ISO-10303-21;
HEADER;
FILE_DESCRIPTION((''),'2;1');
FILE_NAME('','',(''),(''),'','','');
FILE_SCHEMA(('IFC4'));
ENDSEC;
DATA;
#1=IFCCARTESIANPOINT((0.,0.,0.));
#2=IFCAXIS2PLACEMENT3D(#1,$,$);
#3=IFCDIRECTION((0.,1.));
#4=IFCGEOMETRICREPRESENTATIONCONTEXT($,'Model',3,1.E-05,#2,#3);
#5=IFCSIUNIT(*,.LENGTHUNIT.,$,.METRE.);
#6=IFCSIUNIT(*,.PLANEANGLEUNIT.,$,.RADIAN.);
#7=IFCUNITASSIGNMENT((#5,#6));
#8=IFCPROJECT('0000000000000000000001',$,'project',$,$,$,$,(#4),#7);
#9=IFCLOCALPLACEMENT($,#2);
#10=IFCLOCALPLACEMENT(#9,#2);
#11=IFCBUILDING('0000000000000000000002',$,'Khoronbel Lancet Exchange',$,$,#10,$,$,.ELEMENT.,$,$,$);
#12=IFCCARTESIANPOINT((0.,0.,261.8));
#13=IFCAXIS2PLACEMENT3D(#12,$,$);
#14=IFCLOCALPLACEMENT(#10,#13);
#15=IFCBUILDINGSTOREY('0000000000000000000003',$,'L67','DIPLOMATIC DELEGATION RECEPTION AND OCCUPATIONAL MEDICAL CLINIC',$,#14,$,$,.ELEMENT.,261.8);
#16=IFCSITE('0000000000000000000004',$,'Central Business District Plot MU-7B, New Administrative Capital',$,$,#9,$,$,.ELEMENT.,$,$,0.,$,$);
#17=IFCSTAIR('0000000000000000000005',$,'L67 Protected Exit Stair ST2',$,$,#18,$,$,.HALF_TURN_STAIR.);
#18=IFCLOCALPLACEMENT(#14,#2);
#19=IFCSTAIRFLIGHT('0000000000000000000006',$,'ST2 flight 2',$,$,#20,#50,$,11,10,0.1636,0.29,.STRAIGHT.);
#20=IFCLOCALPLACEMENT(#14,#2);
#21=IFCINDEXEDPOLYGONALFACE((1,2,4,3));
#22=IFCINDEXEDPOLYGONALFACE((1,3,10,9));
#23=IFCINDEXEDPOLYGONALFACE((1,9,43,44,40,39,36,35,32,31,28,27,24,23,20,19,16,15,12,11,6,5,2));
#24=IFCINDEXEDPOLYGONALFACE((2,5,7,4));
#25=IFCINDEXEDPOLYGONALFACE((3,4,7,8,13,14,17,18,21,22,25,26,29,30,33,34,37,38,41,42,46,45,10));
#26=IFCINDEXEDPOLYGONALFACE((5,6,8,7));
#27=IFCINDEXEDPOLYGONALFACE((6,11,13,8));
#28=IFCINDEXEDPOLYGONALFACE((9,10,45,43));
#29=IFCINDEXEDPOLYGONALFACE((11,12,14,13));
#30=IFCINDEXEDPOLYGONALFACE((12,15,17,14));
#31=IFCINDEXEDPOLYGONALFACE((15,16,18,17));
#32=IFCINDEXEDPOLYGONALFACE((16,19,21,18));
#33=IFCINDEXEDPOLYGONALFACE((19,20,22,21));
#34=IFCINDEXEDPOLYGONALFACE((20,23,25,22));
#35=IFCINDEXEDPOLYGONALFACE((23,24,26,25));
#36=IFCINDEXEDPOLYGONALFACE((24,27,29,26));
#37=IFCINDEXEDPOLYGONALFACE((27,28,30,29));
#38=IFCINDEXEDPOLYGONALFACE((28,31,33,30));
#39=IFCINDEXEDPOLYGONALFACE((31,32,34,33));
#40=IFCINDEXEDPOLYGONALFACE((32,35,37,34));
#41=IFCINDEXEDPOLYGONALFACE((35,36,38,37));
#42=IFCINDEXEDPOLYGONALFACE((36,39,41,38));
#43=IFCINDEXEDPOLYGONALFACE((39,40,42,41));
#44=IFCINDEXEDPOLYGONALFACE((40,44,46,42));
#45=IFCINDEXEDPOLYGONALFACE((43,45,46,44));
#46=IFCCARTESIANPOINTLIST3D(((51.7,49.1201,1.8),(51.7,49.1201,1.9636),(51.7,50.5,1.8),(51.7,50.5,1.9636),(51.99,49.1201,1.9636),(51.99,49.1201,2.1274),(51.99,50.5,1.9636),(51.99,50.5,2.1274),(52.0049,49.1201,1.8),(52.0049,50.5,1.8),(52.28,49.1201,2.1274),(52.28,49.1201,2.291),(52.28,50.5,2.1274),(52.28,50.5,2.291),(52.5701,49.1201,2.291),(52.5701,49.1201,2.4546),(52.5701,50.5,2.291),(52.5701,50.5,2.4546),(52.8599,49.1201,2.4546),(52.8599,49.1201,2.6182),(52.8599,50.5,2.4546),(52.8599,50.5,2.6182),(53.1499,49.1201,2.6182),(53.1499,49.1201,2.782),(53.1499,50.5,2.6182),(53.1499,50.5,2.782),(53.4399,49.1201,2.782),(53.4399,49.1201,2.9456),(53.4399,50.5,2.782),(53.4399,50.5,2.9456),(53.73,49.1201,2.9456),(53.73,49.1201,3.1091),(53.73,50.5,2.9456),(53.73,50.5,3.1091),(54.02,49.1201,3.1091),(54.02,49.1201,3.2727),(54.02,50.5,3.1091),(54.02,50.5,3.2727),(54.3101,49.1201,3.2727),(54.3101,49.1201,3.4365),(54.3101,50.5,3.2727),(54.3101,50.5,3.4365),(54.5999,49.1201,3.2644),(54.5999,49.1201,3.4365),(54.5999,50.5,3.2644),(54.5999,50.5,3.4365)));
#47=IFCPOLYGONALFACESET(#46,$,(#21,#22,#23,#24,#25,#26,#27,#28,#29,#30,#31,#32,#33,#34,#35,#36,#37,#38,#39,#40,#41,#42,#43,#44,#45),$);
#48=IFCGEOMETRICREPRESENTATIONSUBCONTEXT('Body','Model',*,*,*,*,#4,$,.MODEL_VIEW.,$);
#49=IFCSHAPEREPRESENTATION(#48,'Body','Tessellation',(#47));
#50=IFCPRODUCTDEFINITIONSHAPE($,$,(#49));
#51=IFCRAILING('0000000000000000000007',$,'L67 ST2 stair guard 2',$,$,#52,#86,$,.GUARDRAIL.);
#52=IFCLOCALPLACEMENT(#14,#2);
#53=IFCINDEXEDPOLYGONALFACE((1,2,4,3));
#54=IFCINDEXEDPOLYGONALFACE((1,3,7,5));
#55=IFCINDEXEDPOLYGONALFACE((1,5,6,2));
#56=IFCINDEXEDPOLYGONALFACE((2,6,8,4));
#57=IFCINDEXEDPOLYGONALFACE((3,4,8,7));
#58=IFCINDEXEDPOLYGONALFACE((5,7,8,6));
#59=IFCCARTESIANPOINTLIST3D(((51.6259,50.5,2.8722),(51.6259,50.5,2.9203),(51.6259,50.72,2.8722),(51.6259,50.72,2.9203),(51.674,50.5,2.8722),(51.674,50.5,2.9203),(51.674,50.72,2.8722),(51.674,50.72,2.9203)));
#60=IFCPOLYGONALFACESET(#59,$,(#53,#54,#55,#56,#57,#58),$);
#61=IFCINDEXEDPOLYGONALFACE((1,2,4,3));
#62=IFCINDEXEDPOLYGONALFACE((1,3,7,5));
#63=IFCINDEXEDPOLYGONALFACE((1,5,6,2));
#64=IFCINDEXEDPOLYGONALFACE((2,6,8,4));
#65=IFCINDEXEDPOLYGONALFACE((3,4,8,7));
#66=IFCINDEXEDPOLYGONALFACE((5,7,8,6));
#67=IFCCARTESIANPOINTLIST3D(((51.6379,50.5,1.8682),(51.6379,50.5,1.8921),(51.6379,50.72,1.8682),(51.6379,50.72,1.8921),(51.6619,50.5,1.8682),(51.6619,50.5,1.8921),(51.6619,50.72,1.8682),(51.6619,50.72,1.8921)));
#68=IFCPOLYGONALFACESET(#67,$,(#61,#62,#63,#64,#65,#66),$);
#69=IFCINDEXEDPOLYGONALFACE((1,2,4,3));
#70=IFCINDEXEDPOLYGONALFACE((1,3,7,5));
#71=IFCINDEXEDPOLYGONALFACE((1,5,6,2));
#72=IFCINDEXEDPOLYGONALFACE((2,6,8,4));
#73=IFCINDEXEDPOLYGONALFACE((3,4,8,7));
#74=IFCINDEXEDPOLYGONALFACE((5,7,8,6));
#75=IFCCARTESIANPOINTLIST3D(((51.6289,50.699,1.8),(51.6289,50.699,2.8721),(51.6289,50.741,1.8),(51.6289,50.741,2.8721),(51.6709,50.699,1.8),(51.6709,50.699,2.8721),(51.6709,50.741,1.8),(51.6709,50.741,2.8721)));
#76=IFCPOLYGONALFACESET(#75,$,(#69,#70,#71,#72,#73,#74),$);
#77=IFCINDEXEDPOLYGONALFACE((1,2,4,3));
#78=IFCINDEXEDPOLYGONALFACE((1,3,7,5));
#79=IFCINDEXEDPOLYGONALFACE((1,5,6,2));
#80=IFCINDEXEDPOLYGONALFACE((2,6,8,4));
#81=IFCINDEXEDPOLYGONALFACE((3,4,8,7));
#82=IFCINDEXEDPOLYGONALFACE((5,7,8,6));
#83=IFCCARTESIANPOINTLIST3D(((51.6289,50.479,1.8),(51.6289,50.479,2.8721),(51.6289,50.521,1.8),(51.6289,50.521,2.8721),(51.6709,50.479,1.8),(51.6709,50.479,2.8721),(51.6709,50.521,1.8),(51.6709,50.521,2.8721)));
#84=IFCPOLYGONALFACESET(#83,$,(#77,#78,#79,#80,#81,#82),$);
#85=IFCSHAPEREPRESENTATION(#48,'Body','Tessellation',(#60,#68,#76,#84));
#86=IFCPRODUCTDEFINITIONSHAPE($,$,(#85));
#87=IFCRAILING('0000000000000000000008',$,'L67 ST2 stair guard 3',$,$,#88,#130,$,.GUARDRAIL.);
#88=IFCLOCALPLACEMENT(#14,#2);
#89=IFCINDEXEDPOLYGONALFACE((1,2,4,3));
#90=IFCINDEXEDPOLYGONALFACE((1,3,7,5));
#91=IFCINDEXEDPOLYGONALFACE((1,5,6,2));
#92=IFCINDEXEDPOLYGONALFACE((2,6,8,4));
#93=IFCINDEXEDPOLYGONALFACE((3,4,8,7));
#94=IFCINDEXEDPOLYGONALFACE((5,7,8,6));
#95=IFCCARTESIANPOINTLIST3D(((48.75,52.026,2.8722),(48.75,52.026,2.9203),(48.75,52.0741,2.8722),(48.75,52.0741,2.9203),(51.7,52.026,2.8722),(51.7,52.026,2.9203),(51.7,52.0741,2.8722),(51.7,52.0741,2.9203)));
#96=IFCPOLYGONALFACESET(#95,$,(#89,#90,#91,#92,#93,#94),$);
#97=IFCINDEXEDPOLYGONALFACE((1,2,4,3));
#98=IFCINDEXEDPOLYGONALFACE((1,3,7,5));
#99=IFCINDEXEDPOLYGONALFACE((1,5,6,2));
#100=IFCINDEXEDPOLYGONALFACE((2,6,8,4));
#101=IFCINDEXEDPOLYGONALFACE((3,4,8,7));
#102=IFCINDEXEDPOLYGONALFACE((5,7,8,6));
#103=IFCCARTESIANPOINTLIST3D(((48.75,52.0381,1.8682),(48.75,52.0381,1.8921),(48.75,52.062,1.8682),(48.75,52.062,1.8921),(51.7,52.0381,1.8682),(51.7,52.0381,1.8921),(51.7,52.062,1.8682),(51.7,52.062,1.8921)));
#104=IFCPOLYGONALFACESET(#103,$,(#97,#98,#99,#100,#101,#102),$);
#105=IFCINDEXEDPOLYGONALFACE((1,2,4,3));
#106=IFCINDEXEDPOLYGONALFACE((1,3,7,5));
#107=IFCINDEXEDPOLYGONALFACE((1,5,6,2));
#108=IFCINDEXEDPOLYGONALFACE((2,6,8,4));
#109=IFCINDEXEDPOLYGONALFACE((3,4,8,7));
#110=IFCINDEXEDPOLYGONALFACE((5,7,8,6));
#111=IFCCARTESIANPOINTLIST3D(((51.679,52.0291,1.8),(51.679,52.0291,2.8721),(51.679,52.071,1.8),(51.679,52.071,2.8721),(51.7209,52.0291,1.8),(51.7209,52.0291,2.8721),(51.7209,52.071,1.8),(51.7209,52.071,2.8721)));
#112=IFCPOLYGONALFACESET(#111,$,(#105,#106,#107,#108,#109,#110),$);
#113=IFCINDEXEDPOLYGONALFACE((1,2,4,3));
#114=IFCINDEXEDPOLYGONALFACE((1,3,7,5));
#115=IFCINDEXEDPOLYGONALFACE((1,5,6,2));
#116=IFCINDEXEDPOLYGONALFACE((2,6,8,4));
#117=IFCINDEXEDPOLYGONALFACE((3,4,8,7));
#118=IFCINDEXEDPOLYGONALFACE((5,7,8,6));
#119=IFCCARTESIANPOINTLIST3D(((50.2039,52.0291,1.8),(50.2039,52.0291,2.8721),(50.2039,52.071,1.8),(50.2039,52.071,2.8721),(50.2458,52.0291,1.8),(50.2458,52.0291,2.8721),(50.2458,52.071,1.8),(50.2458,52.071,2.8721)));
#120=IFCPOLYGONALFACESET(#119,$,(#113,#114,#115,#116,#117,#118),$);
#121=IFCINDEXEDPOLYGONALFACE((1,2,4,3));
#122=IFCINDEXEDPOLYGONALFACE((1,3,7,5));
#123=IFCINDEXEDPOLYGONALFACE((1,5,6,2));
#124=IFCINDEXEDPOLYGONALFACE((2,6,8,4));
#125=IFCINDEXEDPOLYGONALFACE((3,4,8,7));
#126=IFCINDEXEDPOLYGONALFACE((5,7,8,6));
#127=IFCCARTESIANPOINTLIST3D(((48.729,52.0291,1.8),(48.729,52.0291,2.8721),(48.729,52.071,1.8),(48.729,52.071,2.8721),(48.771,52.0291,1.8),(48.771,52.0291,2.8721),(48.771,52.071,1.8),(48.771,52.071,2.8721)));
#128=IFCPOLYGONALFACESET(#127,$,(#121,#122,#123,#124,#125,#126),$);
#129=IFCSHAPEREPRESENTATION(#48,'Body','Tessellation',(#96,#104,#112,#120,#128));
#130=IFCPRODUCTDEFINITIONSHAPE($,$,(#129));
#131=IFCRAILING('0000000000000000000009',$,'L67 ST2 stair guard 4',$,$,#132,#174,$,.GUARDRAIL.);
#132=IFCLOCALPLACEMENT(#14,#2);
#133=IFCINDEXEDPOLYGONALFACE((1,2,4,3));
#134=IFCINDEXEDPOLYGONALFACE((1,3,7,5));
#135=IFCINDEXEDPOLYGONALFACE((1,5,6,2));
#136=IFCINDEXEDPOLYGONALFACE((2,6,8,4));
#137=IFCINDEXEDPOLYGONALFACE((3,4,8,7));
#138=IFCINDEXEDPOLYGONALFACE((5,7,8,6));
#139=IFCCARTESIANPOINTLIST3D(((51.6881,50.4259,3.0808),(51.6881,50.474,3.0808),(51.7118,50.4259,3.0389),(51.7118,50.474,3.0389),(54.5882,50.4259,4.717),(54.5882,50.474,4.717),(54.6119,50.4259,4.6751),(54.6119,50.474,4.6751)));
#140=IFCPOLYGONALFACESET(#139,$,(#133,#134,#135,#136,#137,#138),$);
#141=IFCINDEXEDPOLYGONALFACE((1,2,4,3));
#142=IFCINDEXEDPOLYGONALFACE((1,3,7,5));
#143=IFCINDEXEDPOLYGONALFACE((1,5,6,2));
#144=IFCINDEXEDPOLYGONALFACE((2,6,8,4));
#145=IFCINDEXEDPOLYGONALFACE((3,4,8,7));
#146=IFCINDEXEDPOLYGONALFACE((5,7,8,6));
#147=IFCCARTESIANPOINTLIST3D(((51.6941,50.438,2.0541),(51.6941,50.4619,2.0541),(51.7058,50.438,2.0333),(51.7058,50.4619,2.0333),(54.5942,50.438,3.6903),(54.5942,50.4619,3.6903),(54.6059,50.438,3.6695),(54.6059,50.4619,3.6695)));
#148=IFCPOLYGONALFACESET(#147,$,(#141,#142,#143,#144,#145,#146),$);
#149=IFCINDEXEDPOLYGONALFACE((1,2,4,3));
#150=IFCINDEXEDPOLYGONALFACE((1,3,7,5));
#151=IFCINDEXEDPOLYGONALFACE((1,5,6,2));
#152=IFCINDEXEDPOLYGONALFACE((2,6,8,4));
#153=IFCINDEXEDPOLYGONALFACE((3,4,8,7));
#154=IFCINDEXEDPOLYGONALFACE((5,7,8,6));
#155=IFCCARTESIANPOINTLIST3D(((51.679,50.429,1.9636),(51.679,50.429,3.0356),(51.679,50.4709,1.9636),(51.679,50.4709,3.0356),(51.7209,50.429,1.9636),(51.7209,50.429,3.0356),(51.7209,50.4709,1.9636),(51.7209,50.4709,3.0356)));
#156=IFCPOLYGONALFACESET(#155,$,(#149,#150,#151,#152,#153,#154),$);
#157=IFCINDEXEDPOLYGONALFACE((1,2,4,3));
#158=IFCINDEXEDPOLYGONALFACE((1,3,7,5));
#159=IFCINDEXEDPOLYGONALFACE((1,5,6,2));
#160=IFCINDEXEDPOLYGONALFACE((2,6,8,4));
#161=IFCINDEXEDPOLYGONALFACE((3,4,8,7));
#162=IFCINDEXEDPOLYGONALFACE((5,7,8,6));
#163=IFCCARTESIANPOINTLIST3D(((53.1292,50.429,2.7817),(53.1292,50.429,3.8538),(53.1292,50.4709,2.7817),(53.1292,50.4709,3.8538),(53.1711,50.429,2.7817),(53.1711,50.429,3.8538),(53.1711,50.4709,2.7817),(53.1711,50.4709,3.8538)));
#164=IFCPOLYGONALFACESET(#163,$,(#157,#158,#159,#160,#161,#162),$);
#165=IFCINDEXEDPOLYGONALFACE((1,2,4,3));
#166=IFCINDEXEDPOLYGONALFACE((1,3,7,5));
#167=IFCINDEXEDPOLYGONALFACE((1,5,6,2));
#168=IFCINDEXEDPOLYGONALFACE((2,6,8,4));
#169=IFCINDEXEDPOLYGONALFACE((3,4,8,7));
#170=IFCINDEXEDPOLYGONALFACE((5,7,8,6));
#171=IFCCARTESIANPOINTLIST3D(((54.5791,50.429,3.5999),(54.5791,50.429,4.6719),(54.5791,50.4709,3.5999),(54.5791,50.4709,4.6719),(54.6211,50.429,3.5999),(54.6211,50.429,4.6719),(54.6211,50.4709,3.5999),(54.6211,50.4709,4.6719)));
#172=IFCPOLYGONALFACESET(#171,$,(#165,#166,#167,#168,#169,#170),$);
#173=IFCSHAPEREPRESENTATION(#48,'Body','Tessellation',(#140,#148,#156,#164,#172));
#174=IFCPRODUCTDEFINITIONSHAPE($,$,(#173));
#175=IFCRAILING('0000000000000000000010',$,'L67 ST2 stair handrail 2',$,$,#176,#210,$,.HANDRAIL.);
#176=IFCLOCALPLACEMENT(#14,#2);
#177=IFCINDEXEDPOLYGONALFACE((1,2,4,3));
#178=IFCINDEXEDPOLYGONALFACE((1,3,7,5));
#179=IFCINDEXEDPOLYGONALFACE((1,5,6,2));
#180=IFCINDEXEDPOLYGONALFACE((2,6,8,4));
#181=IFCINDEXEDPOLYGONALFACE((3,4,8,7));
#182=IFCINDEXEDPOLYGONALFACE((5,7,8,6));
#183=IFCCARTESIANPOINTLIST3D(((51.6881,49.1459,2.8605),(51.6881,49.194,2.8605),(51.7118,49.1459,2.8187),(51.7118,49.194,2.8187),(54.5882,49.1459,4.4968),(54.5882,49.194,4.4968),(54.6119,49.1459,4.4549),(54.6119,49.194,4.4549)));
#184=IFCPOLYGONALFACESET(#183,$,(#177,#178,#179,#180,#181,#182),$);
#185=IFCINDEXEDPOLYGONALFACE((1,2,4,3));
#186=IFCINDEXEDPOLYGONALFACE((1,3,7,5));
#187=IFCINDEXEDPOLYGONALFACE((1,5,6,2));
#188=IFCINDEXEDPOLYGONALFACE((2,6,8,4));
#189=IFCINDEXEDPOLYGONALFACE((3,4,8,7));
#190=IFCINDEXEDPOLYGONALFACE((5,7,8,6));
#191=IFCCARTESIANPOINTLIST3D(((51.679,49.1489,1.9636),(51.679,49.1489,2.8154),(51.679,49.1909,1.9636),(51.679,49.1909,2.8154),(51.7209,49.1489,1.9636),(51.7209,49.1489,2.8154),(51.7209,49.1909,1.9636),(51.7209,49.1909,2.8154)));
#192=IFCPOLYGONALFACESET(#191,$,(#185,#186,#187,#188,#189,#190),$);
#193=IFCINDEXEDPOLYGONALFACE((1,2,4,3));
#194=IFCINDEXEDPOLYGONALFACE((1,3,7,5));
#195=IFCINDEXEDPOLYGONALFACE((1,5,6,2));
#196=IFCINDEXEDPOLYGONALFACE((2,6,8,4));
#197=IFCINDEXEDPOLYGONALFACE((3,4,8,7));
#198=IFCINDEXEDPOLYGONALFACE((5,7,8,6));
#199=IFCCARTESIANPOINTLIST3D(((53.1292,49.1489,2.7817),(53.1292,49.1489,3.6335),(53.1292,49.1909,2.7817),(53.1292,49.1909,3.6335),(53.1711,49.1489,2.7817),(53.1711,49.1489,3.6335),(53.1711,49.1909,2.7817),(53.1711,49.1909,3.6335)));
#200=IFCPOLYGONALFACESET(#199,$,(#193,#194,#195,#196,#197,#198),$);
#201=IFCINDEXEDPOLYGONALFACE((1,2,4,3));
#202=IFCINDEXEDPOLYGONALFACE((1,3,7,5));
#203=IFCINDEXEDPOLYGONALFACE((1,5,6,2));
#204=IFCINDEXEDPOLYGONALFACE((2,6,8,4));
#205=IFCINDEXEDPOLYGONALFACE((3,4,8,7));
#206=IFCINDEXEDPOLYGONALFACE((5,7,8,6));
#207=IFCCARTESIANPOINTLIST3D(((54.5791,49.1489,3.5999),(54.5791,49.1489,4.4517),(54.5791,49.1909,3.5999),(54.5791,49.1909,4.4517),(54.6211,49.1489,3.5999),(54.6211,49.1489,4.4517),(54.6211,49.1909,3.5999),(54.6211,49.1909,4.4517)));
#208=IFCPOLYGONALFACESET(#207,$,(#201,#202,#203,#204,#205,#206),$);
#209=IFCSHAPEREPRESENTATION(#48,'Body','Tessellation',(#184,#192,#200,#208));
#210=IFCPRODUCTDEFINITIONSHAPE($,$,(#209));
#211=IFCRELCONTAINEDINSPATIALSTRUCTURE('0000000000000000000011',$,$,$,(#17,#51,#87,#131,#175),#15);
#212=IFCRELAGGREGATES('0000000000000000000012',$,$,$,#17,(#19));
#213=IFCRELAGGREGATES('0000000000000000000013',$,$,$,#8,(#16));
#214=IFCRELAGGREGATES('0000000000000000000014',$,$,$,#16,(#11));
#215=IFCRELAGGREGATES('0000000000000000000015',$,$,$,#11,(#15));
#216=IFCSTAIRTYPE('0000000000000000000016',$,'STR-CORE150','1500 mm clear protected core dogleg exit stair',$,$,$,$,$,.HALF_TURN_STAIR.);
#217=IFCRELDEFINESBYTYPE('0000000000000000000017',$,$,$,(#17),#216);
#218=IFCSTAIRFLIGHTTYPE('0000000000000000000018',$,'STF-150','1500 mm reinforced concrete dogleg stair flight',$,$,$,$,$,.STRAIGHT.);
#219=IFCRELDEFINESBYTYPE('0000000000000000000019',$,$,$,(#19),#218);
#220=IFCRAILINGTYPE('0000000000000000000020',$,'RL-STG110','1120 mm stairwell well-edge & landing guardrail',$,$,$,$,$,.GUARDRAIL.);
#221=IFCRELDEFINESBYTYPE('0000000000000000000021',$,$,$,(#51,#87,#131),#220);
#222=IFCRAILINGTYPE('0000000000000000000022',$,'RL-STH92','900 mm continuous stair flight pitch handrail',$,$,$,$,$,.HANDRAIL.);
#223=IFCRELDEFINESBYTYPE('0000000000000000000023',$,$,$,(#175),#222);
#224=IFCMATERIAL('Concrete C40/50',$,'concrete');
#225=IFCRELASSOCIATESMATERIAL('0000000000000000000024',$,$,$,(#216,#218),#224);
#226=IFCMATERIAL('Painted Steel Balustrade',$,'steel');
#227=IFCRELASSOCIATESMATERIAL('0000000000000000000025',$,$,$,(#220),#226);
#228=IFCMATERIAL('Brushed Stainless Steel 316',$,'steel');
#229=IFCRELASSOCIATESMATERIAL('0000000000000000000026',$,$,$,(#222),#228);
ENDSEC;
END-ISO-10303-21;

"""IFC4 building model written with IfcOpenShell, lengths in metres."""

from ifc_helpers import new_model, si_unit, direction, frame, origin, origin_2d, place, context, subcontext, project, spatial, polyline, rectangle, outline, extrude, material, type_object, element, aggregate, save


model = new_model("IFC4")

# Units and contexts
model_context = context("Model", 3, precision=1e-05, world=origin(), true_north=direction((0.0, 1.0)))
body_context = subcontext(model_context, "Body", "Model", "MODEL_VIEW")
ifc_project = project(units=[si_unit("LENGTHUNIT", "METRE"), si_unit("PLANEANGLEUNIT", "RADIAN")], contexts=[model_context])

# Site, building, storey
site_placement = place(None, origin())
site = spatial("IfcSite", under=ifc_project, at=site_placement, Name="Central Business District Plot MU-7B, New Administrative Capital", CompositionType="ELEMENT", RefElevation=0.0)
building_placement = place(site_placement, origin())
building = spatial("IfcBuilding", under=site, at=building_placement, Name="Khoronbel Lancet Exchange", CompositionType="ELEMENT")
storey_placement = place(building_placement, frame((0.0, 0.0, 261.8)))
storey = spatial("IfcBuildingStorey", under=building, at=storey_placement, Name="L67", Description="DIPLOMATIC DELEGATION RECEPTION AND OCCUPATIONAL MEDICAL CLINIC", CompositionType="ELEMENT", Elevation=261.8)

# Stair, stair flight
ifc_material_1 = material(Name="Concrete C40/50", Category="concrete")
stair_type = type_object("IfcStairType", Name="STR-CORE150", Description="1500 mm clear protected core dogleg exit stair", PredefinedType="HALF_TURN_STAIR", material=ifc_material_1)
stair_placement = place(storey_placement, origin())
stair = element("IfcStair", 1, at=stair_placement, inside=storey, type_object=stair_type, Name="L67 Protected Exit Stair ST2", PredefinedType="HALF_TURN_STAIR")
stair_flight_type = type_object("IfcStairFlightType", Name="STF-150", Description="1500 mm reinforced concrete dogleg stair flight", PredefinedType="STRAIGHT", material=ifc_material_1)
stair_flight_placement = place(storey_placement, frame((51.7, 49.8101, 1.8), z_axis=(0.0, 0.0, 1.0), x_axis=(1.0, 0.0, 0.0)))
stair_flight = element("IfcStairFlight", 2, at=stair_flight_placement, type_object=stair_flight_type, Name="ST2 flight 2", NumberOfRisers=11, NumberOfTreads=10, PredefinedType="STRAIGHT", RiserHeight=0.1636, TreadLength=0.29, context=body_context, shape_type="SweptSolid", body=[
    extrude(outline(polyline([(0.0, 0.0), (0.0, 0.1636), (0.29, 0.1636), (0.29, 0.3274), (0.5801, 0.3274), (0.5801, 0.491), (0.8701, 0.491), (0.8701, 0.6545), (1.1599, 0.6545), (1.1599, 0.8181), (1.45, 0.8181), (1.45, 0.9819), (1.74, 0.9819), (1.74, 1.1455), (2.03, 1.1455), (2.03, 1.3091), (2.3201, 1.3091), (2.3201, 1.4727), (2.6101, 1.4727), (2.6101, 1.6365), (2.8999, 1.6365), (2.8999, 1.8), (2.8999, 1.4644), (0.3049, 0.0), (0.0, 0.0)])), frame((0.0, 0.6899, 0.0), z_axis=(0.0, -1.0, 0.0), x_axis=(1.0, 0.0, 0.0)), (0.0, 0.0, 1.0), 1.3799),
])
aggregate(stair, [stair_flight])

# Railings
ifc_material_2 = material(Name="Painted Steel Balustrade", Category="steel")
railing_type_1 = type_object("IfcRailingType", Name="RL-STG110", Description="1120 mm stairwell well-edge & landing guardrail", PredefinedType="GUARDRAIL", material=ifc_material_2)
railing_1_placement = place(storey_placement, frame((51.6499, 50.72, 1.8)))
element("IfcRailing", 3, at=railing_1_placement, inside=storey, type_object=railing_type_1, Name="L67 ST2 stair guard 2", PredefinedType="GUARDRAIL", context=body_context, shape_type="SweptSolid", body=[
    extrude(rectangle(XDim=0.0481, YDim=0.0481, at=origin_2d()), frame((0.0, 0.0, 1.0962), z_axis=(0.0, -1.0, 0.0), x_axis=(1.0, 0.0, 0.0)), (0.0, 0.0, 1.0), 0.22),
    extrude(rectangle(XDim=0.0239, YDim=0.0239, at=origin_2d()), frame((0.0, 0.0, 0.0801), z_axis=(0.0, -1.0, 0.0), x_axis=(1.0, 0.0, 0.0)), (0.0, 0.0, 1.0), 0.22),
    extrude(rectangle(XDim=0.042, YDim=0.042, at=origin_2d()), origin(), (0.0, 0.0, 1.0), 1.072),
    extrude(rectangle(XDim=0.042, YDim=0.042, at=origin_2d()), frame((0.0, -0.22, 0.0)), (0.0, 0.0, 1.0), 1.072),
])
railing_2_placement = place(storey_placement, frame((51.7, 52.05, 1.8)))
element("IfcRailing", 4, at=railing_2_placement, inside=storey, type_object=railing_type_1, Name="L67 ST2 stair guard 3", PredefinedType="GUARDRAIL", context=body_context, shape_type="SweptSolid", body=[
    extrude(rectangle(XDim=0.0481, YDim=0.0481, at=origin_2d()), frame((0.0, 0.0, 1.0962), z_axis=(-1.0, 0.0, 0.0), x_axis=(0.0, -1.0, 0.0)), (0.0, 0.0, 1.0), 2.95),
    extrude(rectangle(XDim=0.0239, YDim=0.0239, at=origin_2d()), frame((0.0, 0.0, 0.0801), z_axis=(-1.0, 0.0, 0.0), x_axis=(0.0, -1.0, 0.0)), (0.0, 0.0, 1.0), 2.95),
    extrude(rectangle(XDim=0.042, YDim=0.042, at=origin_2d()), origin(), (0.0, 0.0, 1.0), 1.072),
    extrude(rectangle(XDim=0.042, YDim=0.042, at=origin_2d()), frame((-1.4751, 0.0, 0.0)), (0.0, 0.0, 1.0), 1.072),
    extrude(rectangle(XDim=0.042, YDim=0.042, at=origin_2d()), frame((-2.95, 0.0, 0.0)), (0.0, 0.0, 1.0), 1.072),
])
railing_3_placement = place(storey_placement, frame((51.7, 50.45, 1.9636)))
element("IfcRailing", 5, at=railing_3_placement, inside=storey, type_object=railing_type_1, Name="L67 ST2 stair guard 4", PredefinedType="GUARDRAIL", context=body_context, shape_type="SweptSolid", body=[
    extrude(rectangle(XDim=0.0481, YDim=0.0481, at=origin_2d()), frame((0.0, 0.0, 1.0962), z_axis=(0.870946, 0.0, 0.491378), x_axis=(0.0, 1.0, 0.0)), (0.0, 0.0, 1.0), 3.3298),
    extrude(rectangle(XDim=0.0239, YDim=0.0239, at=origin_2d()), frame((0.0, 0.0, 0.0801), z_axis=(0.870946, 0.0, 0.491378), x_axis=(0.0, 1.0, 0.0)), (0.0, 0.0, 1.0), 3.3298),
    extrude(rectangle(XDim=0.042, YDim=0.042, at=origin_2d()), origin(), (0.0, 0.0, 1.0), 1.072),
    extrude(rectangle(XDim=0.042, YDim=0.042, at=origin_2d()), frame((1.4502, 0.0, 0.8181)), (0.0, 0.0, 1.0), 1.072),
    extrude(rectangle(XDim=0.042, YDim=0.042, at=origin_2d()), frame((2.9001, 0.0, 1.6362)), (0.0, 0.0, 1.0), 1.072),
])
ifc_material_3 = material(Name="Brushed Stainless Steel 316", Category="steel")
railing_type_2 = type_object("IfcRailingType", Name="RL-STH92", Description="900 mm continuous stair flight pitch handrail", PredefinedType="HANDRAIL", material=ifc_material_3)
railing_4_placement = place(storey_placement, frame((51.7, 49.1699, 1.9636)))
element("IfcRailing", 6, at=railing_4_placement, inside=storey, type_object=railing_type_2, Name="L67 ST2 stair handrail 2", PredefinedType="HANDRAIL", context=body_context, shape_type="SweptSolid", body=[
    extrude(rectangle(XDim=0.0481, YDim=0.0481, at=origin_2d()), frame((0.0, 0.0, 0.876), z_axis=(0.870946, 0.0, 0.491378), x_axis=(0.0, 1.0, 0.0)), (0.0, 0.0, 1.0), 3.3298),
    extrude(rectangle(XDim=0.042, YDim=0.042, at=origin_2d()), origin(), (0.0, 0.0, 1.0), 0.8518),
    extrude(rectangle(XDim=0.042, YDim=0.042, at=origin_2d()), frame((1.4502, 0.0, 0.8181)), (0.0, 0.0, 1.0), 0.8518),
    extrude(rectangle(XDim=0.042, YDim=0.042, at=origin_2d()), frame((2.9001, 0.0, 1.6362)), (0.0, 0.0, 1.0), 0.8518),
])

save(model, "model.ifc")
